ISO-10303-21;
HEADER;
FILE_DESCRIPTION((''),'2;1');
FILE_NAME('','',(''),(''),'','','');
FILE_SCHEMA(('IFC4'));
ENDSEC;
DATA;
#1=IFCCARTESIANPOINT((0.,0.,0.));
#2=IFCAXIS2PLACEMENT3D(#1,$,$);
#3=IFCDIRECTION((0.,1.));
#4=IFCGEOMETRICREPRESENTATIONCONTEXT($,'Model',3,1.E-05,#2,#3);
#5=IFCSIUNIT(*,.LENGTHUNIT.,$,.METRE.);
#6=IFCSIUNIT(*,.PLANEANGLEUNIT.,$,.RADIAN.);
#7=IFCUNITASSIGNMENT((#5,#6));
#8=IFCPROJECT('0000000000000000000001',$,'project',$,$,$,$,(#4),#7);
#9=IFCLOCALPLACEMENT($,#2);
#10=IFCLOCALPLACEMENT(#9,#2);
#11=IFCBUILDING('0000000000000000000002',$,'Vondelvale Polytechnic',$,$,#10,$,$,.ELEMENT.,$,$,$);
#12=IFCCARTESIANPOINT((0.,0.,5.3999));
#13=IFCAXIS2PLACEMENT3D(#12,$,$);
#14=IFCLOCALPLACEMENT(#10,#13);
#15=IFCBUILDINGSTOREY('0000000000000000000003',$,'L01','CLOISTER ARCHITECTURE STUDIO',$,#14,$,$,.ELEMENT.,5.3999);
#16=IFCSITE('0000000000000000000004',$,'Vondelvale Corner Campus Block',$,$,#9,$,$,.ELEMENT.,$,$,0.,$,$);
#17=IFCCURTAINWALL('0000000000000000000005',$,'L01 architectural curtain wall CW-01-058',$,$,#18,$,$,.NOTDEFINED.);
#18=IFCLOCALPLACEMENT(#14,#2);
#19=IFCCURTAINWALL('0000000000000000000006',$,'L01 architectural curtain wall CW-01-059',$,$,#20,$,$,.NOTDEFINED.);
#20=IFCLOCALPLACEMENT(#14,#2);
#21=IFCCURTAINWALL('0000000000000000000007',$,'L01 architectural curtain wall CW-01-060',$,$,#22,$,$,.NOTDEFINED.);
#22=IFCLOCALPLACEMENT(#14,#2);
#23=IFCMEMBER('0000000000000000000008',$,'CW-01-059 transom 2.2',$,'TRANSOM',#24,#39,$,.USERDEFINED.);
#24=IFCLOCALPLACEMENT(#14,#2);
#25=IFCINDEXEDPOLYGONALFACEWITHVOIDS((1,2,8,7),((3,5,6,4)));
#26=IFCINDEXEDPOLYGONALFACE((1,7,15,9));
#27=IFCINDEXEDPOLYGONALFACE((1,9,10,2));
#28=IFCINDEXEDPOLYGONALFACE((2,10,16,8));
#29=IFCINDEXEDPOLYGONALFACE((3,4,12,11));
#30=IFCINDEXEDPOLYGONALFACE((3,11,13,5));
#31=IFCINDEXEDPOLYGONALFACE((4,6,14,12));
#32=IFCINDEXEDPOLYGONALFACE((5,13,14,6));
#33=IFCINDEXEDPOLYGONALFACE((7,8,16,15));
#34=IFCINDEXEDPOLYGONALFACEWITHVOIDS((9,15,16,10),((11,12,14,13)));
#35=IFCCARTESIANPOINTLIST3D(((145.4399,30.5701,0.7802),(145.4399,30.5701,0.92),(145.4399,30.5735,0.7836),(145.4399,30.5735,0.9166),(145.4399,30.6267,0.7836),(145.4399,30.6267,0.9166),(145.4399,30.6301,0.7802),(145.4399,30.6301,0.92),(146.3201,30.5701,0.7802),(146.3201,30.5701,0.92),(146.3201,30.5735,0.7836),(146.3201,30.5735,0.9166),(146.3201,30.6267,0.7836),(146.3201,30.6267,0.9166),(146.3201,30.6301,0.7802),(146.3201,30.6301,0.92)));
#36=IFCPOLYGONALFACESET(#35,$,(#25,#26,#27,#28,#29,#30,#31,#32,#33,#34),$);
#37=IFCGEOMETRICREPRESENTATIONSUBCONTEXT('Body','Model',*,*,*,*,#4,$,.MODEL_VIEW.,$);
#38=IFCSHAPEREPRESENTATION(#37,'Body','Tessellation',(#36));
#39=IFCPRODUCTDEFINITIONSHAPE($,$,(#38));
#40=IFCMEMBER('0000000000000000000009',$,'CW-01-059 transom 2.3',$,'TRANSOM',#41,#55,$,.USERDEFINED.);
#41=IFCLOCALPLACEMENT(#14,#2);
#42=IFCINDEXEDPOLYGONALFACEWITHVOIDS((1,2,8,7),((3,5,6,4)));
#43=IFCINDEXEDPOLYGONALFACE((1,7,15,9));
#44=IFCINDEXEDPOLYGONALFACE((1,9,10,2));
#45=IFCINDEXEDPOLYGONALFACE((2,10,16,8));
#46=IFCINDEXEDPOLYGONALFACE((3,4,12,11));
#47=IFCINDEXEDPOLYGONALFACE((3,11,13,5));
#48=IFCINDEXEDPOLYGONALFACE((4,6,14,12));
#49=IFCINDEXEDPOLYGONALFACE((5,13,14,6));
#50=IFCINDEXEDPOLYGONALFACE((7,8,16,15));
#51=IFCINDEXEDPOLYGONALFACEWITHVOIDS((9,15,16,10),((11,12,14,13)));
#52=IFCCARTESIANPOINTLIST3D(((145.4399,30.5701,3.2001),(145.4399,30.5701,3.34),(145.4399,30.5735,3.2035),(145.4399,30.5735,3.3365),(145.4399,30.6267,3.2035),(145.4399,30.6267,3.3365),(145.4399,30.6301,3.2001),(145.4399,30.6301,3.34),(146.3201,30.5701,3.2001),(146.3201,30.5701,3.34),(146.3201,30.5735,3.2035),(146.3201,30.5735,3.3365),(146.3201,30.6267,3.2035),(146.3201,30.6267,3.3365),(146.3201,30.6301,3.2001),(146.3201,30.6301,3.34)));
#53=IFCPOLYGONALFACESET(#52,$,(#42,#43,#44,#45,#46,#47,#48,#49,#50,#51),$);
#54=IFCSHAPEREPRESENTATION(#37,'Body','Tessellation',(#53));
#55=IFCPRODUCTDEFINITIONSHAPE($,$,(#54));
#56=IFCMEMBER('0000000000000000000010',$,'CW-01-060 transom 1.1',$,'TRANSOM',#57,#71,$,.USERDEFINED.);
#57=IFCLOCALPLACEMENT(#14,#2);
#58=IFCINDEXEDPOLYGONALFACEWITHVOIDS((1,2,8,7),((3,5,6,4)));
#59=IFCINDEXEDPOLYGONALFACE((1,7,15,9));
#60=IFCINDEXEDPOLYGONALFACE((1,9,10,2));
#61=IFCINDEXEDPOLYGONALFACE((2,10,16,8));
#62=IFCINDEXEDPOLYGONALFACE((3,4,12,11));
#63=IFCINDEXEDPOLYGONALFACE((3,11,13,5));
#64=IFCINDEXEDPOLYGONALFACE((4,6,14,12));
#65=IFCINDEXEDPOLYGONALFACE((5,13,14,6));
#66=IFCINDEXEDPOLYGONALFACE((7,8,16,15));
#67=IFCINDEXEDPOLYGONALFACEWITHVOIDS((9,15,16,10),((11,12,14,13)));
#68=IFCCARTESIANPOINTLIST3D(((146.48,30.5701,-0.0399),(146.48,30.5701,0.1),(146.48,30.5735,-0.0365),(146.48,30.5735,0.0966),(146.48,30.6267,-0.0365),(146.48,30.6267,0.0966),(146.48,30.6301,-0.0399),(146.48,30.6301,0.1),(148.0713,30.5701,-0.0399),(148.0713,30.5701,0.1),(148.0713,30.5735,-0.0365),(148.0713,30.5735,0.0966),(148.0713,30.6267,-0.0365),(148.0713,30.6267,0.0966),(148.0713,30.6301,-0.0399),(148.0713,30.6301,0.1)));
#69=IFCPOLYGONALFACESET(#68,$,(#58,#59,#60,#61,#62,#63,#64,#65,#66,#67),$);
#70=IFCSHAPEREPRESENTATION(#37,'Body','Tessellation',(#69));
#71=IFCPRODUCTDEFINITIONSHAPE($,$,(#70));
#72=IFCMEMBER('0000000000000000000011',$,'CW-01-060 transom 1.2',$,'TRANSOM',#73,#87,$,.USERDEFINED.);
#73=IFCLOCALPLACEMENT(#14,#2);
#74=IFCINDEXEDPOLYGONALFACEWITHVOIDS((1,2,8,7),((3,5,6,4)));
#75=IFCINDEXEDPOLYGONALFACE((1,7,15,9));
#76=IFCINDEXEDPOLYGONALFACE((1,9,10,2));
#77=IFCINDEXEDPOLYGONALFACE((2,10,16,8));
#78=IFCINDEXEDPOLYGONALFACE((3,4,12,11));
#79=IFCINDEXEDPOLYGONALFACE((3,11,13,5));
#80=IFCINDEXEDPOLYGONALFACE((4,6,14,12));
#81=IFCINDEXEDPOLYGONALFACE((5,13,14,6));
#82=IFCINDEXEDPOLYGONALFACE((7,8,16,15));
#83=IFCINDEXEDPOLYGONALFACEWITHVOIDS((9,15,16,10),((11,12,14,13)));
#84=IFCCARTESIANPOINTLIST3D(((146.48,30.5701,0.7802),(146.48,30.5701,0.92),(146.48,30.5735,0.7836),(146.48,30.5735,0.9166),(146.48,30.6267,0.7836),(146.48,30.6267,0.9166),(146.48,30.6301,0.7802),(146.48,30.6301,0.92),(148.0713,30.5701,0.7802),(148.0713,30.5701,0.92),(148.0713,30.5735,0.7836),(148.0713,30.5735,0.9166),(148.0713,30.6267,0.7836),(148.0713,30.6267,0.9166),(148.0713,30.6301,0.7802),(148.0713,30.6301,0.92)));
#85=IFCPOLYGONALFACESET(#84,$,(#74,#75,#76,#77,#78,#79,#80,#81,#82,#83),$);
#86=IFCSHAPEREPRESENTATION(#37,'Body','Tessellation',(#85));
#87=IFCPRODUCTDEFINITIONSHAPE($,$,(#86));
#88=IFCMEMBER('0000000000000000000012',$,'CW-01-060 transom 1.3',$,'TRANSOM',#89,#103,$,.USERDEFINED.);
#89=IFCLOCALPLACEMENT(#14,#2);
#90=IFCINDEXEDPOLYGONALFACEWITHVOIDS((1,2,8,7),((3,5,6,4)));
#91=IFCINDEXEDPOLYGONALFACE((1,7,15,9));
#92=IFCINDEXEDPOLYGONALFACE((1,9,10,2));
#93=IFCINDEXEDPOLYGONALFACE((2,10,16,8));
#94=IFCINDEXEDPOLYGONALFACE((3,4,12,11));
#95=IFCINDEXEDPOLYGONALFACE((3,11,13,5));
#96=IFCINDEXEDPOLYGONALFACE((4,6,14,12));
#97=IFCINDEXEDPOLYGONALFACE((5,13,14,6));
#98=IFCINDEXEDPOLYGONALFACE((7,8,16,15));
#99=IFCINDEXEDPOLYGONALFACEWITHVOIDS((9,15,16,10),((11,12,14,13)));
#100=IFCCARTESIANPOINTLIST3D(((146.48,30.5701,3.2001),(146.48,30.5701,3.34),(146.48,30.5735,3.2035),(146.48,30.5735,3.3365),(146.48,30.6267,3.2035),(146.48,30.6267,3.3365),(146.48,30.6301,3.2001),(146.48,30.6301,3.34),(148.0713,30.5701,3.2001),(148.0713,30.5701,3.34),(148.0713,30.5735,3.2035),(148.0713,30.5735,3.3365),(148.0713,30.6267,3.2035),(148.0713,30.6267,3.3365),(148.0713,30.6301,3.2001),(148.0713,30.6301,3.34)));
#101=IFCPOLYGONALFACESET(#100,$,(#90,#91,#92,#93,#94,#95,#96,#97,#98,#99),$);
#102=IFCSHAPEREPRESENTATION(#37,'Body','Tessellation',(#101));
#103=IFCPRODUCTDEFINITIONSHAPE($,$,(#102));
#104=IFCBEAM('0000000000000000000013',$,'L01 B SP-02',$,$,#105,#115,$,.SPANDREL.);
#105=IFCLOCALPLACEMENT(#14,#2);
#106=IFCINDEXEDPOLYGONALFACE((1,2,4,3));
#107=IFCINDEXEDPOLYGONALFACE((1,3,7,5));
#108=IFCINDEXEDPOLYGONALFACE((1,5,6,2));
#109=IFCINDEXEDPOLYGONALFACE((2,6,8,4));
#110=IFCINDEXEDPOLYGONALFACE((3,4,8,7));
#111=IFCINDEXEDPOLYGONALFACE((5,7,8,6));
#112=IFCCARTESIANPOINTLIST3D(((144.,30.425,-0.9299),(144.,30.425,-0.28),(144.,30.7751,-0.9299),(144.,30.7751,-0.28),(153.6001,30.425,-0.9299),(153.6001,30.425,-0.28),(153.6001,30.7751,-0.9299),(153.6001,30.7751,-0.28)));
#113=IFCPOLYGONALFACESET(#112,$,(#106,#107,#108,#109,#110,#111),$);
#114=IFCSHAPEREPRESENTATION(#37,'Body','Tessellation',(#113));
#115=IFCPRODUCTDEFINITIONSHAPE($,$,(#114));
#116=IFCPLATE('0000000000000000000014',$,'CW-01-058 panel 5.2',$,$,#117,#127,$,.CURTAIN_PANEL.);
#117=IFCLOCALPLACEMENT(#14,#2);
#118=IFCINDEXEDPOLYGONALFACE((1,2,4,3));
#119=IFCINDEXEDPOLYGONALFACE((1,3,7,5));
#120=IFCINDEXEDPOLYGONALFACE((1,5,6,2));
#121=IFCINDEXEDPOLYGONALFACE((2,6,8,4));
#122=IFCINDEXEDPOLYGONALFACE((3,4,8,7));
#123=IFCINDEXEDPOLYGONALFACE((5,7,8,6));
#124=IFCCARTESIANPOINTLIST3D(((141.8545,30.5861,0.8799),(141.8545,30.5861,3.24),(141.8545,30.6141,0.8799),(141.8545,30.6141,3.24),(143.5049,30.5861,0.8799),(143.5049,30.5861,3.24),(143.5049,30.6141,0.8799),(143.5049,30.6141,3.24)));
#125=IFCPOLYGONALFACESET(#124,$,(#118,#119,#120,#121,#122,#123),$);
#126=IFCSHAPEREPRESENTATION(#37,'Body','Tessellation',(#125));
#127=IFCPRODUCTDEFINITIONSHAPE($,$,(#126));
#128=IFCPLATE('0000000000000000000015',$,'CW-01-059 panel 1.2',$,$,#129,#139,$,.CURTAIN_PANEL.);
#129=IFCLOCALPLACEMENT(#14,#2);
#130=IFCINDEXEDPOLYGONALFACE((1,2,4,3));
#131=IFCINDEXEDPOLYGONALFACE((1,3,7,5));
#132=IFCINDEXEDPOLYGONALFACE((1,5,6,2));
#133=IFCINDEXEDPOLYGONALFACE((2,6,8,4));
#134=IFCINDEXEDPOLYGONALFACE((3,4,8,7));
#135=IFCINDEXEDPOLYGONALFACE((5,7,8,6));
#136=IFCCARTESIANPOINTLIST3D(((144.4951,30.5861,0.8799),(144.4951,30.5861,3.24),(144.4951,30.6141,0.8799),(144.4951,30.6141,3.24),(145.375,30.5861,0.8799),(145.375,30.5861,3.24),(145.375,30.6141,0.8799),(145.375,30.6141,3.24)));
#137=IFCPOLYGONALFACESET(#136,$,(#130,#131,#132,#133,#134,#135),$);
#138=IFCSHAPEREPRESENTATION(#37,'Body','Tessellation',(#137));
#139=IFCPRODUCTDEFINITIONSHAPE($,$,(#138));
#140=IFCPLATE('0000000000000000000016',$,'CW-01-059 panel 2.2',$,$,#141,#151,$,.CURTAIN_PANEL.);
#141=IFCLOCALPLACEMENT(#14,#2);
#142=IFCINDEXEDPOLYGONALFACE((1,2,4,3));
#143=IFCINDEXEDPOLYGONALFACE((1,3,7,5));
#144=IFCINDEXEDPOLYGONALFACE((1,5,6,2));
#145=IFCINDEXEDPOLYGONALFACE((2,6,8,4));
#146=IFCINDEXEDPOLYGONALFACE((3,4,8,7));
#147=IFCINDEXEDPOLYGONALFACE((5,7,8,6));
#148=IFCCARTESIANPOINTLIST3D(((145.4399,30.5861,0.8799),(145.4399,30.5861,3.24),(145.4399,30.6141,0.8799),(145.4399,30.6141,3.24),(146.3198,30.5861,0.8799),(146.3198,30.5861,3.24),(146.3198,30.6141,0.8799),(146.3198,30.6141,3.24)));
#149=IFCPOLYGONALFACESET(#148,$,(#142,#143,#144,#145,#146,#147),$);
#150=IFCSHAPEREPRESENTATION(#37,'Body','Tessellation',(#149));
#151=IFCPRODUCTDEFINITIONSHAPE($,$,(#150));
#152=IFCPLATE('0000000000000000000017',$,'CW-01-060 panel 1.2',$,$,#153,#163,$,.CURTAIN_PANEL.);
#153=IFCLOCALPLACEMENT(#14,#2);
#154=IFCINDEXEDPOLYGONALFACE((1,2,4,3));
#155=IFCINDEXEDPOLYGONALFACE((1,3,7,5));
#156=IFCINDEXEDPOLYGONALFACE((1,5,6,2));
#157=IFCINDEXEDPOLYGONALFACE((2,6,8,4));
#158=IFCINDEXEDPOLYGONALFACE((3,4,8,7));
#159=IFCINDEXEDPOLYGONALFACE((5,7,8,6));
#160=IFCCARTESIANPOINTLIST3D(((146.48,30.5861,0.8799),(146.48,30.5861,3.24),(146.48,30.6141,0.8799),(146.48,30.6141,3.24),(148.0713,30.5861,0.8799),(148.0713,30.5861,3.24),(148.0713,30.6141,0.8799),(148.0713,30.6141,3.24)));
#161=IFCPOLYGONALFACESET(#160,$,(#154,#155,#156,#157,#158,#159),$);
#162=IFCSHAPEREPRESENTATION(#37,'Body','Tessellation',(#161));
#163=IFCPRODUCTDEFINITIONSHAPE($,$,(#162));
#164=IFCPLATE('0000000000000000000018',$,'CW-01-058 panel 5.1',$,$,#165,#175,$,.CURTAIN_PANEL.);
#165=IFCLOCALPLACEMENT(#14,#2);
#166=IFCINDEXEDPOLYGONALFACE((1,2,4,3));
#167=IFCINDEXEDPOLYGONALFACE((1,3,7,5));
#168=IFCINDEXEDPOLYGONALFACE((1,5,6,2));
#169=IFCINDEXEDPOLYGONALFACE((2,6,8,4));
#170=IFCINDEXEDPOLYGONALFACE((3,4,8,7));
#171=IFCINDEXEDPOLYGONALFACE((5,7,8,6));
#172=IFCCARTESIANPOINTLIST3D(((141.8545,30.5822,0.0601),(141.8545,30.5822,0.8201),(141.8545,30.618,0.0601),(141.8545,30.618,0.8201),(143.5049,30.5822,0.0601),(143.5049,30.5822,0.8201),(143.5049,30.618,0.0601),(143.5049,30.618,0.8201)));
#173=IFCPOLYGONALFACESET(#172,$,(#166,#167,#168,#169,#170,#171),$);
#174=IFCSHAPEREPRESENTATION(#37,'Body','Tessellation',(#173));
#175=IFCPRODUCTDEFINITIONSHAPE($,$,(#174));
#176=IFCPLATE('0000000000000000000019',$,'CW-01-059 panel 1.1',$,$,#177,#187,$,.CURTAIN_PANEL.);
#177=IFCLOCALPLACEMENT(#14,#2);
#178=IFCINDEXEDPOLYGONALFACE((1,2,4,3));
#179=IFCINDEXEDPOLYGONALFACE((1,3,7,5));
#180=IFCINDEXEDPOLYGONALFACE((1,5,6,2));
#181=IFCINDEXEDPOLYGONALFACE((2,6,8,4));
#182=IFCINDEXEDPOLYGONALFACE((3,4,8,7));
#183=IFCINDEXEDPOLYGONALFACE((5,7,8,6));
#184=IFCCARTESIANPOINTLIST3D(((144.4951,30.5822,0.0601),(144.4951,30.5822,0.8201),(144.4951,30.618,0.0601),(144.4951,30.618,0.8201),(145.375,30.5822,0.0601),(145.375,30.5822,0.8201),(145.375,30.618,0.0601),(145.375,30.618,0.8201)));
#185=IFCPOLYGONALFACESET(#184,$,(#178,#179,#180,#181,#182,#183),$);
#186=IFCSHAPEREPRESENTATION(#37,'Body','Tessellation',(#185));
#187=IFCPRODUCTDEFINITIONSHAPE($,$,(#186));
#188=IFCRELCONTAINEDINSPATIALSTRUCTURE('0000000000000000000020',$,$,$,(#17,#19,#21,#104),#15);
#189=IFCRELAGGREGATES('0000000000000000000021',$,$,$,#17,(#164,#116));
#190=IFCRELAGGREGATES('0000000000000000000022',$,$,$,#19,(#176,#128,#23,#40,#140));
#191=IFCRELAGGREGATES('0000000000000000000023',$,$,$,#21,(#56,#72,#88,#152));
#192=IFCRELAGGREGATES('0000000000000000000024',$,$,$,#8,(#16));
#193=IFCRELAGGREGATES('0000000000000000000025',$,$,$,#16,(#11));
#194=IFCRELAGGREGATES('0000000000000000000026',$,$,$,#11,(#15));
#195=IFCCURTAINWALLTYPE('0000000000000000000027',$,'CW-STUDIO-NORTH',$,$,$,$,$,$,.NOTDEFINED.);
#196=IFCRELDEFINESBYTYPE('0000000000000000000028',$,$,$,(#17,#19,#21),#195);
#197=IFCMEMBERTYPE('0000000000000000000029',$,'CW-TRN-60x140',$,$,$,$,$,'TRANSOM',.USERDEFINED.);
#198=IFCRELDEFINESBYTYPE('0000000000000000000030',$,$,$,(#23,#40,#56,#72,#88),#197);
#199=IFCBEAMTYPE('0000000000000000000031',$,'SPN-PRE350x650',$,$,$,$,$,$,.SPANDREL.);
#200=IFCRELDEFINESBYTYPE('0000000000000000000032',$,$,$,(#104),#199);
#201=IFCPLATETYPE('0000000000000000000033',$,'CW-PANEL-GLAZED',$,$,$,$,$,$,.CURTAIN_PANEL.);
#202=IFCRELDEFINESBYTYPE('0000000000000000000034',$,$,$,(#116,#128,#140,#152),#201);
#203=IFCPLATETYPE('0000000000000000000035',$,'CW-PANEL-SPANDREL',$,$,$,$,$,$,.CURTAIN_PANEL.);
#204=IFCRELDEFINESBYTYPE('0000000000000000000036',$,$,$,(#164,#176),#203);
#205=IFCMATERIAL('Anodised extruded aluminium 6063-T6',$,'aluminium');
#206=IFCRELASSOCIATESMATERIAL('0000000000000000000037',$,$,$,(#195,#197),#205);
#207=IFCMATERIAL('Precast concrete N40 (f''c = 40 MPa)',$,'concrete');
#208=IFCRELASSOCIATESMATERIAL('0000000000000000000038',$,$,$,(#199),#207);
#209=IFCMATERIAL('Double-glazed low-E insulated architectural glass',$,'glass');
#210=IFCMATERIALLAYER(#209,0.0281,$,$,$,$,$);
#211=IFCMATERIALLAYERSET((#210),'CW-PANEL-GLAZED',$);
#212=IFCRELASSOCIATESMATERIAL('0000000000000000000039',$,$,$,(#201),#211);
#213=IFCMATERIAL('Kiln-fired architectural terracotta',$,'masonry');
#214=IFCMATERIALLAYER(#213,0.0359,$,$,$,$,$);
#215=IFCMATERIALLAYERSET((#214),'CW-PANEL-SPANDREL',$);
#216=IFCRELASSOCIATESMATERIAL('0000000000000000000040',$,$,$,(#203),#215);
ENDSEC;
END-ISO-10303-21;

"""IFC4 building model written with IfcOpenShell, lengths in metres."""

from ifc_helpers import new_model, si_unit, direction, frame, origin, origin_2d, place, context, subcontext, project, spatial, rectangle, hollow_rectangle, extrude, material, layer, layer_set, material_profile, profile_set, type_object, element, aggregate, save


model = new_model("IFC4")

# Units and contexts
model_context = context("Model", 3, precision=1e-05, world=origin(), true_north=direction((0.0, 1.0)))
body_context = subcontext(model_context, "Body", "Model", "MODEL_VIEW")
ifc_project = project(units=[si_unit("LENGTHUNIT", "METRE"), si_unit("PLANEANGLEUNIT", "RADIAN")], contexts=[model_context])

# Site, building, storey
site_placement = place(None, origin())
site = spatial("IfcSite", under=ifc_project, at=site_placement, Name="Vondelvale Corner Campus Block", CompositionType="ELEMENT", RefElevation=0.0)
building_placement = place(site_placement, origin())
building = spatial("IfcBuilding", under=site, at=building_placement, Name="Vondelvale Polytechnic", CompositionType="ELEMENT")
storey_placement = place(building_placement, frame((0.0, 0.0, 5.3999)))
storey = spatial("IfcBuildingStorey", under=building, at=storey_placement, Name="L01", Description="CLOISTER ARCHITECTURE STUDIO", CompositionType="ELEMENT", Elevation=5.3999)

# Curtain wall
ifc_material_1 = material(Name="Anodised extruded aluminium 6063-T6", Category="aluminium")
curtain_wall_type = type_object("IfcCurtainWallType", Name="CW-STUDIO-NORTH", PredefinedType="NOTDEFINED", material=ifc_material_1)
curtain_wall_1_placement = place(storey_placement, origin())
curtain_wall_1 = element("IfcCurtainWall", 1, at=curtain_wall_1_placement, inside=storey, type_object=curtain_wall_type, Name="L01 architectural curtain wall CW-01-058", PredefinedType="NOTDEFINED")

# Curtain wall
curtain_wall_2_placement = place(storey_placement, origin())
curtain_wall_2 = element("IfcCurtainWall", 2, at=curtain_wall_2_placement, inside=storey, type_object=curtain_wall_type, Name="L01 architectural curtain wall CW-01-059", PredefinedType="NOTDEFINED")

# Curtain wall
curtain_wall_3_placement = place(storey_placement, origin())
curtain_wall_3 = element("IfcCurtainWall", 3, at=curtain_wall_3_placement, inside=storey, type_object=curtain_wall_type, Name="L01 architectural curtain wall CW-01-060", PredefinedType="NOTDEFINED")

# Members
ifc_material_profile_1 = material_profile(ifc_material_1, hollow_rectangle(XDim=0.0601, YDim=0.1399, WallThickness=0.0034, at=origin_2d()), Name="CW-TRN-140x60")
ifc_profile_set_1 = profile_set([ifc_material_profile_1], Name="Anodised extruded aluminium 6063-T6")
member_type_1 = type_object("IfcMemberType", Name="CW-TRN-60x140", ElementType="TRANSOM", PredefinedType="USERDEFINED", material=ifc_profile_set_1)
member_1_placement = place(storey_placement, frame((145.4399, 30.6001, 0.8501), z_axis=(1.0, 0.0, 0.0), x_axis=(0.0, 1.0, 0.0)))
member_1 = element("IfcMember", 4, at=member_1_placement, type_object=member_type_1, Name="CW-01-059 transom 2.2", ObjectType="TRANSOM", PredefinedType="USERDEFINED", context=body_context, shape_type="SweptSolid", body=[
    extrude(hollow_rectangle(XDim=0.0601, YDim=0.1399, WallThickness=0.0034, at=origin_2d()), origin(), (0.0, 0.0, 1.0), 0.8801),
])
member_2_placement = place(storey_placement, frame((145.4399, 30.6001, 3.27), z_axis=(1.0, 0.0, 0.0), x_axis=(0.0, 1.0, 0.0)))
member_2 = element("IfcMember", 5, at=member_2_placement, type_object=member_type_1, Name="CW-01-059 transom 2.3", ObjectType="TRANSOM", PredefinedType="USERDEFINED", context=body_context, shape_type="SweptSolid", body=[
    extrude(hollow_rectangle(XDim=0.0601, YDim=0.1399, WallThickness=0.0034, at=origin_2d()), origin(), (0.0, 0.0, 1.0), 0.8801),
])
member_3_placement = place(storey_placement, frame((146.48, 30.6001, 0.03), z_axis=(1.0, 0.0, 0.0), x_axis=(0.0, 1.0, 0.0)))
member_3 = element("IfcMember", 6, at=member_3_placement, type_object=member_type_1, Name="CW-01-060 transom 1.1", ObjectType="TRANSOM", PredefinedType="USERDEFINED", context=body_context, shape_type="SweptSolid", body=[
    extrude(hollow_rectangle(XDim=0.0601, YDim=0.1399, WallThickness=0.0034, at=origin_2d()), origin(), (0.0, 0.0, 1.0), 1.5913),
])
member_4_placement = place(storey_placement, frame((146.48, 30.6001, 0.8501), z_axis=(1.0, 0.0, 0.0), x_axis=(0.0, 1.0, 0.0)))
member_4 = element("IfcMember", 7, at=member_4_placement, type_object=member_type_1, Name="CW-01-060 transom 1.2", ObjectType="TRANSOM", PredefinedType="USERDEFINED", context=body_context, shape_type="SweptSolid", body=[
    extrude(hollow_rectangle(XDim=0.0601, YDim=0.1399, WallThickness=0.0034, at=origin_2d()), origin(), (0.0, 0.0, 1.0), 1.5913),
])
member_5_placement = place(storey_placement, frame((146.48, 30.6001, 3.27), z_axis=(1.0, 0.0, 0.0), x_axis=(0.0, 1.0, 0.0)))
member_5 = element("IfcMember", 8, at=member_5_placement, type_object=member_type_1, Name="CW-01-060 transom 1.3", ObjectType="TRANSOM", PredefinedType="USERDEFINED", context=body_context, shape_type="SweptSolid", body=[
    extrude(hollow_rectangle(XDim=0.0601, YDim=0.1399, WallThickness=0.0034, at=origin_2d()), origin(), (0.0, 0.0, 1.0), 1.5913),
])

# Beam
ifc_material_2 = material(Name="Precast concrete N40 (f'c = 40 MPa)", Category="concrete")
ifc_material_profile_2 = material_profile(ifc_material_2, rectangle(XDim=0.3501, YDim=0.6499, at=origin_2d()), Name="RC-SPN-350x650")
ifc_profile_set_2 = profile_set([ifc_material_profile_2], Name="Precast concrete N40 (f'c = 40 MPa)")
beam_type = type_object("IfcBeamType", Name="SPN-PRE350x650", PredefinedType="SPANDREL", material=ifc_profile_set_2)
beam_placement = place(storey_placement, frame((144.0, 30.6001, -0.605), z_axis=(1.0, 0.0, 0.0), x_axis=(0.0, 1.0, 0.0)))
element("IfcBeam", 9, at=beam_placement, inside=storey, type_object=beam_type, Name="L01 B SP-02", PredefinedType="SPANDREL", context=body_context, shape_type="SweptSolid", body=[
    extrude(rectangle(XDim=0.3501, YDim=0.6499, at=origin_2d()), origin(), (0.0, 0.0, 1.0), 9.6001),
])

# Plates
ifc_material_3 = material(Name="Double-glazed low-E insulated architectural glass", Category="glass")
ifc_layer_1 = layer(ifc_material_3, 0.0281)
ifc_layer_set_1 = layer_set([ifc_layer_1], Name="CW-PANEL-GLAZED")
plate_type_1 = type_object("IfcPlateType", Name="CW-PANEL-GLAZED", PredefinedType="CURTAIN_PANEL", material=ifc_layer_set_1)
plate_1_placement = place(storey_placement, frame((142.6797, 30.6001, 0.8799), z_axis=(0.0, 0.0, 1.0), x_axis=(1.0, 0.0, 0.0)))
plate_1 = element("IfcPlate", 10, at=plate_1_placement, type_object=plate_type_1, Name="CW-01-058 panel 5.2", PredefinedType="CURTAIN_PANEL", context=body_context, shape_type="SweptSolid", body=[
    extrude(rectangle(XDim=1.6504, YDim=0.0281, at=origin_2d()), origin(), (0.0, 0.0, 1.0), 2.3601),
])
plate_2_placement = place(storey_placement, frame((144.9351, 30.6001, 0.8799), z_axis=(0.0, 0.0, 1.0), x_axis=(1.0, 0.0, 0.0)))
plate_2 = element("IfcPlate", 11, at=plate_2_placement, type_object=plate_type_1, Name="CW-01-059 panel 1.2", PredefinedType="CURTAIN_PANEL", context=body_context, shape_type="SweptSolid", body=[
    extrude(rectangle(XDim=0.8799, YDim=0.0281, at=origin_2d()), origin(), (0.0, 0.0, 1.0), 2.3601),
])
plate_3_placement = place(storey_placement, frame((145.8799, 30.6001, 0.8799), z_axis=(0.0, 0.0, 1.0), x_axis=(1.0, 0.0, 0.0)))
plate_3 = element("IfcPlate", 12, at=plate_3_placement, type_object=plate_type_1, Name="CW-01-059 panel 2.2", PredefinedType="CURTAIN_PANEL", context=body_context, shape_type="SweptSolid", body=[
    extrude(rectangle(XDim=0.8799, YDim=0.0281, at=origin_2d()), origin(), (0.0, 0.0, 1.0), 2.3601),
])
plate_4_placement = place(storey_placement, frame((147.2756, 30.6001, 0.8799), z_axis=(0.0, 0.0, 1.0), x_axis=(1.0, 0.0, 0.0)))
plate_4 = element("IfcPlate", 13, at=plate_4_placement, type_object=plate_type_1, Name="CW-01-060 panel 1.2", PredefinedType="CURTAIN_PANEL", context=body_context, shape_type="SweptSolid", body=[
    extrude(rectangle(XDim=1.5913, YDim=0.0281, at=origin_2d()), origin(), (0.0, 0.0, 1.0), 2.3601),
])
ifc_material_4 = material(Name="Kiln-fired architectural terracotta", Category="masonry")
ifc_layer_2 = layer(ifc_material_4, 0.0359)
ifc_layer_set_2 = layer_set([ifc_layer_2], Name="CW-PANEL-SPANDREL")
plate_type_2 = type_object("IfcPlateType", Name="CW-PANEL-SPANDREL", PredefinedType="CURTAIN_PANEL", material=ifc_layer_set_2)
plate_5_placement = place(storey_placement, frame((142.6797, 30.6001, 0.0601), z_axis=(0.0, 0.0, 1.0), x_axis=(1.0, 0.0, 0.0)))
plate_5 = element("IfcPlate", 14, at=plate_5_placement, type_object=plate_type_2, Name="CW-01-058 panel 5.1", PredefinedType="CURTAIN_PANEL", context=body_context, shape_type="SweptSolid", body=[
    extrude(rectangle(XDim=1.6504, YDim=0.0359, at=origin_2d()), origin(), (0.0, 0.0, 1.0), 0.76),
])
aggregate(curtain_wall_1, [plate_5, plate_1])
plate_6_placement = place(storey_placement, frame((144.9351, 30.6001, 0.0601), z_axis=(0.0, 0.0, 1.0), x_axis=(1.0, 0.0, 0.0)))
plate_6 = element("IfcPlate", 15, at=plate_6_placement, type_object=plate_type_2, Name="CW-01-059 panel 1.1", PredefinedType="CURTAIN_PANEL", context=body_context, shape_type="SweptSolid", body=[
    extrude(rectangle(XDim=0.8799, YDim=0.0359, at=origin_2d()), origin(), (0.0, 0.0, 1.0), 0.76),
])
aggregate(curtain_wall_2, [plate_6, plate_2, member_1, member_2, plate_3])
aggregate(curtain_wall_3, [member_3, member_4, member_5, plate_4])

save(model, "model.ifc")
